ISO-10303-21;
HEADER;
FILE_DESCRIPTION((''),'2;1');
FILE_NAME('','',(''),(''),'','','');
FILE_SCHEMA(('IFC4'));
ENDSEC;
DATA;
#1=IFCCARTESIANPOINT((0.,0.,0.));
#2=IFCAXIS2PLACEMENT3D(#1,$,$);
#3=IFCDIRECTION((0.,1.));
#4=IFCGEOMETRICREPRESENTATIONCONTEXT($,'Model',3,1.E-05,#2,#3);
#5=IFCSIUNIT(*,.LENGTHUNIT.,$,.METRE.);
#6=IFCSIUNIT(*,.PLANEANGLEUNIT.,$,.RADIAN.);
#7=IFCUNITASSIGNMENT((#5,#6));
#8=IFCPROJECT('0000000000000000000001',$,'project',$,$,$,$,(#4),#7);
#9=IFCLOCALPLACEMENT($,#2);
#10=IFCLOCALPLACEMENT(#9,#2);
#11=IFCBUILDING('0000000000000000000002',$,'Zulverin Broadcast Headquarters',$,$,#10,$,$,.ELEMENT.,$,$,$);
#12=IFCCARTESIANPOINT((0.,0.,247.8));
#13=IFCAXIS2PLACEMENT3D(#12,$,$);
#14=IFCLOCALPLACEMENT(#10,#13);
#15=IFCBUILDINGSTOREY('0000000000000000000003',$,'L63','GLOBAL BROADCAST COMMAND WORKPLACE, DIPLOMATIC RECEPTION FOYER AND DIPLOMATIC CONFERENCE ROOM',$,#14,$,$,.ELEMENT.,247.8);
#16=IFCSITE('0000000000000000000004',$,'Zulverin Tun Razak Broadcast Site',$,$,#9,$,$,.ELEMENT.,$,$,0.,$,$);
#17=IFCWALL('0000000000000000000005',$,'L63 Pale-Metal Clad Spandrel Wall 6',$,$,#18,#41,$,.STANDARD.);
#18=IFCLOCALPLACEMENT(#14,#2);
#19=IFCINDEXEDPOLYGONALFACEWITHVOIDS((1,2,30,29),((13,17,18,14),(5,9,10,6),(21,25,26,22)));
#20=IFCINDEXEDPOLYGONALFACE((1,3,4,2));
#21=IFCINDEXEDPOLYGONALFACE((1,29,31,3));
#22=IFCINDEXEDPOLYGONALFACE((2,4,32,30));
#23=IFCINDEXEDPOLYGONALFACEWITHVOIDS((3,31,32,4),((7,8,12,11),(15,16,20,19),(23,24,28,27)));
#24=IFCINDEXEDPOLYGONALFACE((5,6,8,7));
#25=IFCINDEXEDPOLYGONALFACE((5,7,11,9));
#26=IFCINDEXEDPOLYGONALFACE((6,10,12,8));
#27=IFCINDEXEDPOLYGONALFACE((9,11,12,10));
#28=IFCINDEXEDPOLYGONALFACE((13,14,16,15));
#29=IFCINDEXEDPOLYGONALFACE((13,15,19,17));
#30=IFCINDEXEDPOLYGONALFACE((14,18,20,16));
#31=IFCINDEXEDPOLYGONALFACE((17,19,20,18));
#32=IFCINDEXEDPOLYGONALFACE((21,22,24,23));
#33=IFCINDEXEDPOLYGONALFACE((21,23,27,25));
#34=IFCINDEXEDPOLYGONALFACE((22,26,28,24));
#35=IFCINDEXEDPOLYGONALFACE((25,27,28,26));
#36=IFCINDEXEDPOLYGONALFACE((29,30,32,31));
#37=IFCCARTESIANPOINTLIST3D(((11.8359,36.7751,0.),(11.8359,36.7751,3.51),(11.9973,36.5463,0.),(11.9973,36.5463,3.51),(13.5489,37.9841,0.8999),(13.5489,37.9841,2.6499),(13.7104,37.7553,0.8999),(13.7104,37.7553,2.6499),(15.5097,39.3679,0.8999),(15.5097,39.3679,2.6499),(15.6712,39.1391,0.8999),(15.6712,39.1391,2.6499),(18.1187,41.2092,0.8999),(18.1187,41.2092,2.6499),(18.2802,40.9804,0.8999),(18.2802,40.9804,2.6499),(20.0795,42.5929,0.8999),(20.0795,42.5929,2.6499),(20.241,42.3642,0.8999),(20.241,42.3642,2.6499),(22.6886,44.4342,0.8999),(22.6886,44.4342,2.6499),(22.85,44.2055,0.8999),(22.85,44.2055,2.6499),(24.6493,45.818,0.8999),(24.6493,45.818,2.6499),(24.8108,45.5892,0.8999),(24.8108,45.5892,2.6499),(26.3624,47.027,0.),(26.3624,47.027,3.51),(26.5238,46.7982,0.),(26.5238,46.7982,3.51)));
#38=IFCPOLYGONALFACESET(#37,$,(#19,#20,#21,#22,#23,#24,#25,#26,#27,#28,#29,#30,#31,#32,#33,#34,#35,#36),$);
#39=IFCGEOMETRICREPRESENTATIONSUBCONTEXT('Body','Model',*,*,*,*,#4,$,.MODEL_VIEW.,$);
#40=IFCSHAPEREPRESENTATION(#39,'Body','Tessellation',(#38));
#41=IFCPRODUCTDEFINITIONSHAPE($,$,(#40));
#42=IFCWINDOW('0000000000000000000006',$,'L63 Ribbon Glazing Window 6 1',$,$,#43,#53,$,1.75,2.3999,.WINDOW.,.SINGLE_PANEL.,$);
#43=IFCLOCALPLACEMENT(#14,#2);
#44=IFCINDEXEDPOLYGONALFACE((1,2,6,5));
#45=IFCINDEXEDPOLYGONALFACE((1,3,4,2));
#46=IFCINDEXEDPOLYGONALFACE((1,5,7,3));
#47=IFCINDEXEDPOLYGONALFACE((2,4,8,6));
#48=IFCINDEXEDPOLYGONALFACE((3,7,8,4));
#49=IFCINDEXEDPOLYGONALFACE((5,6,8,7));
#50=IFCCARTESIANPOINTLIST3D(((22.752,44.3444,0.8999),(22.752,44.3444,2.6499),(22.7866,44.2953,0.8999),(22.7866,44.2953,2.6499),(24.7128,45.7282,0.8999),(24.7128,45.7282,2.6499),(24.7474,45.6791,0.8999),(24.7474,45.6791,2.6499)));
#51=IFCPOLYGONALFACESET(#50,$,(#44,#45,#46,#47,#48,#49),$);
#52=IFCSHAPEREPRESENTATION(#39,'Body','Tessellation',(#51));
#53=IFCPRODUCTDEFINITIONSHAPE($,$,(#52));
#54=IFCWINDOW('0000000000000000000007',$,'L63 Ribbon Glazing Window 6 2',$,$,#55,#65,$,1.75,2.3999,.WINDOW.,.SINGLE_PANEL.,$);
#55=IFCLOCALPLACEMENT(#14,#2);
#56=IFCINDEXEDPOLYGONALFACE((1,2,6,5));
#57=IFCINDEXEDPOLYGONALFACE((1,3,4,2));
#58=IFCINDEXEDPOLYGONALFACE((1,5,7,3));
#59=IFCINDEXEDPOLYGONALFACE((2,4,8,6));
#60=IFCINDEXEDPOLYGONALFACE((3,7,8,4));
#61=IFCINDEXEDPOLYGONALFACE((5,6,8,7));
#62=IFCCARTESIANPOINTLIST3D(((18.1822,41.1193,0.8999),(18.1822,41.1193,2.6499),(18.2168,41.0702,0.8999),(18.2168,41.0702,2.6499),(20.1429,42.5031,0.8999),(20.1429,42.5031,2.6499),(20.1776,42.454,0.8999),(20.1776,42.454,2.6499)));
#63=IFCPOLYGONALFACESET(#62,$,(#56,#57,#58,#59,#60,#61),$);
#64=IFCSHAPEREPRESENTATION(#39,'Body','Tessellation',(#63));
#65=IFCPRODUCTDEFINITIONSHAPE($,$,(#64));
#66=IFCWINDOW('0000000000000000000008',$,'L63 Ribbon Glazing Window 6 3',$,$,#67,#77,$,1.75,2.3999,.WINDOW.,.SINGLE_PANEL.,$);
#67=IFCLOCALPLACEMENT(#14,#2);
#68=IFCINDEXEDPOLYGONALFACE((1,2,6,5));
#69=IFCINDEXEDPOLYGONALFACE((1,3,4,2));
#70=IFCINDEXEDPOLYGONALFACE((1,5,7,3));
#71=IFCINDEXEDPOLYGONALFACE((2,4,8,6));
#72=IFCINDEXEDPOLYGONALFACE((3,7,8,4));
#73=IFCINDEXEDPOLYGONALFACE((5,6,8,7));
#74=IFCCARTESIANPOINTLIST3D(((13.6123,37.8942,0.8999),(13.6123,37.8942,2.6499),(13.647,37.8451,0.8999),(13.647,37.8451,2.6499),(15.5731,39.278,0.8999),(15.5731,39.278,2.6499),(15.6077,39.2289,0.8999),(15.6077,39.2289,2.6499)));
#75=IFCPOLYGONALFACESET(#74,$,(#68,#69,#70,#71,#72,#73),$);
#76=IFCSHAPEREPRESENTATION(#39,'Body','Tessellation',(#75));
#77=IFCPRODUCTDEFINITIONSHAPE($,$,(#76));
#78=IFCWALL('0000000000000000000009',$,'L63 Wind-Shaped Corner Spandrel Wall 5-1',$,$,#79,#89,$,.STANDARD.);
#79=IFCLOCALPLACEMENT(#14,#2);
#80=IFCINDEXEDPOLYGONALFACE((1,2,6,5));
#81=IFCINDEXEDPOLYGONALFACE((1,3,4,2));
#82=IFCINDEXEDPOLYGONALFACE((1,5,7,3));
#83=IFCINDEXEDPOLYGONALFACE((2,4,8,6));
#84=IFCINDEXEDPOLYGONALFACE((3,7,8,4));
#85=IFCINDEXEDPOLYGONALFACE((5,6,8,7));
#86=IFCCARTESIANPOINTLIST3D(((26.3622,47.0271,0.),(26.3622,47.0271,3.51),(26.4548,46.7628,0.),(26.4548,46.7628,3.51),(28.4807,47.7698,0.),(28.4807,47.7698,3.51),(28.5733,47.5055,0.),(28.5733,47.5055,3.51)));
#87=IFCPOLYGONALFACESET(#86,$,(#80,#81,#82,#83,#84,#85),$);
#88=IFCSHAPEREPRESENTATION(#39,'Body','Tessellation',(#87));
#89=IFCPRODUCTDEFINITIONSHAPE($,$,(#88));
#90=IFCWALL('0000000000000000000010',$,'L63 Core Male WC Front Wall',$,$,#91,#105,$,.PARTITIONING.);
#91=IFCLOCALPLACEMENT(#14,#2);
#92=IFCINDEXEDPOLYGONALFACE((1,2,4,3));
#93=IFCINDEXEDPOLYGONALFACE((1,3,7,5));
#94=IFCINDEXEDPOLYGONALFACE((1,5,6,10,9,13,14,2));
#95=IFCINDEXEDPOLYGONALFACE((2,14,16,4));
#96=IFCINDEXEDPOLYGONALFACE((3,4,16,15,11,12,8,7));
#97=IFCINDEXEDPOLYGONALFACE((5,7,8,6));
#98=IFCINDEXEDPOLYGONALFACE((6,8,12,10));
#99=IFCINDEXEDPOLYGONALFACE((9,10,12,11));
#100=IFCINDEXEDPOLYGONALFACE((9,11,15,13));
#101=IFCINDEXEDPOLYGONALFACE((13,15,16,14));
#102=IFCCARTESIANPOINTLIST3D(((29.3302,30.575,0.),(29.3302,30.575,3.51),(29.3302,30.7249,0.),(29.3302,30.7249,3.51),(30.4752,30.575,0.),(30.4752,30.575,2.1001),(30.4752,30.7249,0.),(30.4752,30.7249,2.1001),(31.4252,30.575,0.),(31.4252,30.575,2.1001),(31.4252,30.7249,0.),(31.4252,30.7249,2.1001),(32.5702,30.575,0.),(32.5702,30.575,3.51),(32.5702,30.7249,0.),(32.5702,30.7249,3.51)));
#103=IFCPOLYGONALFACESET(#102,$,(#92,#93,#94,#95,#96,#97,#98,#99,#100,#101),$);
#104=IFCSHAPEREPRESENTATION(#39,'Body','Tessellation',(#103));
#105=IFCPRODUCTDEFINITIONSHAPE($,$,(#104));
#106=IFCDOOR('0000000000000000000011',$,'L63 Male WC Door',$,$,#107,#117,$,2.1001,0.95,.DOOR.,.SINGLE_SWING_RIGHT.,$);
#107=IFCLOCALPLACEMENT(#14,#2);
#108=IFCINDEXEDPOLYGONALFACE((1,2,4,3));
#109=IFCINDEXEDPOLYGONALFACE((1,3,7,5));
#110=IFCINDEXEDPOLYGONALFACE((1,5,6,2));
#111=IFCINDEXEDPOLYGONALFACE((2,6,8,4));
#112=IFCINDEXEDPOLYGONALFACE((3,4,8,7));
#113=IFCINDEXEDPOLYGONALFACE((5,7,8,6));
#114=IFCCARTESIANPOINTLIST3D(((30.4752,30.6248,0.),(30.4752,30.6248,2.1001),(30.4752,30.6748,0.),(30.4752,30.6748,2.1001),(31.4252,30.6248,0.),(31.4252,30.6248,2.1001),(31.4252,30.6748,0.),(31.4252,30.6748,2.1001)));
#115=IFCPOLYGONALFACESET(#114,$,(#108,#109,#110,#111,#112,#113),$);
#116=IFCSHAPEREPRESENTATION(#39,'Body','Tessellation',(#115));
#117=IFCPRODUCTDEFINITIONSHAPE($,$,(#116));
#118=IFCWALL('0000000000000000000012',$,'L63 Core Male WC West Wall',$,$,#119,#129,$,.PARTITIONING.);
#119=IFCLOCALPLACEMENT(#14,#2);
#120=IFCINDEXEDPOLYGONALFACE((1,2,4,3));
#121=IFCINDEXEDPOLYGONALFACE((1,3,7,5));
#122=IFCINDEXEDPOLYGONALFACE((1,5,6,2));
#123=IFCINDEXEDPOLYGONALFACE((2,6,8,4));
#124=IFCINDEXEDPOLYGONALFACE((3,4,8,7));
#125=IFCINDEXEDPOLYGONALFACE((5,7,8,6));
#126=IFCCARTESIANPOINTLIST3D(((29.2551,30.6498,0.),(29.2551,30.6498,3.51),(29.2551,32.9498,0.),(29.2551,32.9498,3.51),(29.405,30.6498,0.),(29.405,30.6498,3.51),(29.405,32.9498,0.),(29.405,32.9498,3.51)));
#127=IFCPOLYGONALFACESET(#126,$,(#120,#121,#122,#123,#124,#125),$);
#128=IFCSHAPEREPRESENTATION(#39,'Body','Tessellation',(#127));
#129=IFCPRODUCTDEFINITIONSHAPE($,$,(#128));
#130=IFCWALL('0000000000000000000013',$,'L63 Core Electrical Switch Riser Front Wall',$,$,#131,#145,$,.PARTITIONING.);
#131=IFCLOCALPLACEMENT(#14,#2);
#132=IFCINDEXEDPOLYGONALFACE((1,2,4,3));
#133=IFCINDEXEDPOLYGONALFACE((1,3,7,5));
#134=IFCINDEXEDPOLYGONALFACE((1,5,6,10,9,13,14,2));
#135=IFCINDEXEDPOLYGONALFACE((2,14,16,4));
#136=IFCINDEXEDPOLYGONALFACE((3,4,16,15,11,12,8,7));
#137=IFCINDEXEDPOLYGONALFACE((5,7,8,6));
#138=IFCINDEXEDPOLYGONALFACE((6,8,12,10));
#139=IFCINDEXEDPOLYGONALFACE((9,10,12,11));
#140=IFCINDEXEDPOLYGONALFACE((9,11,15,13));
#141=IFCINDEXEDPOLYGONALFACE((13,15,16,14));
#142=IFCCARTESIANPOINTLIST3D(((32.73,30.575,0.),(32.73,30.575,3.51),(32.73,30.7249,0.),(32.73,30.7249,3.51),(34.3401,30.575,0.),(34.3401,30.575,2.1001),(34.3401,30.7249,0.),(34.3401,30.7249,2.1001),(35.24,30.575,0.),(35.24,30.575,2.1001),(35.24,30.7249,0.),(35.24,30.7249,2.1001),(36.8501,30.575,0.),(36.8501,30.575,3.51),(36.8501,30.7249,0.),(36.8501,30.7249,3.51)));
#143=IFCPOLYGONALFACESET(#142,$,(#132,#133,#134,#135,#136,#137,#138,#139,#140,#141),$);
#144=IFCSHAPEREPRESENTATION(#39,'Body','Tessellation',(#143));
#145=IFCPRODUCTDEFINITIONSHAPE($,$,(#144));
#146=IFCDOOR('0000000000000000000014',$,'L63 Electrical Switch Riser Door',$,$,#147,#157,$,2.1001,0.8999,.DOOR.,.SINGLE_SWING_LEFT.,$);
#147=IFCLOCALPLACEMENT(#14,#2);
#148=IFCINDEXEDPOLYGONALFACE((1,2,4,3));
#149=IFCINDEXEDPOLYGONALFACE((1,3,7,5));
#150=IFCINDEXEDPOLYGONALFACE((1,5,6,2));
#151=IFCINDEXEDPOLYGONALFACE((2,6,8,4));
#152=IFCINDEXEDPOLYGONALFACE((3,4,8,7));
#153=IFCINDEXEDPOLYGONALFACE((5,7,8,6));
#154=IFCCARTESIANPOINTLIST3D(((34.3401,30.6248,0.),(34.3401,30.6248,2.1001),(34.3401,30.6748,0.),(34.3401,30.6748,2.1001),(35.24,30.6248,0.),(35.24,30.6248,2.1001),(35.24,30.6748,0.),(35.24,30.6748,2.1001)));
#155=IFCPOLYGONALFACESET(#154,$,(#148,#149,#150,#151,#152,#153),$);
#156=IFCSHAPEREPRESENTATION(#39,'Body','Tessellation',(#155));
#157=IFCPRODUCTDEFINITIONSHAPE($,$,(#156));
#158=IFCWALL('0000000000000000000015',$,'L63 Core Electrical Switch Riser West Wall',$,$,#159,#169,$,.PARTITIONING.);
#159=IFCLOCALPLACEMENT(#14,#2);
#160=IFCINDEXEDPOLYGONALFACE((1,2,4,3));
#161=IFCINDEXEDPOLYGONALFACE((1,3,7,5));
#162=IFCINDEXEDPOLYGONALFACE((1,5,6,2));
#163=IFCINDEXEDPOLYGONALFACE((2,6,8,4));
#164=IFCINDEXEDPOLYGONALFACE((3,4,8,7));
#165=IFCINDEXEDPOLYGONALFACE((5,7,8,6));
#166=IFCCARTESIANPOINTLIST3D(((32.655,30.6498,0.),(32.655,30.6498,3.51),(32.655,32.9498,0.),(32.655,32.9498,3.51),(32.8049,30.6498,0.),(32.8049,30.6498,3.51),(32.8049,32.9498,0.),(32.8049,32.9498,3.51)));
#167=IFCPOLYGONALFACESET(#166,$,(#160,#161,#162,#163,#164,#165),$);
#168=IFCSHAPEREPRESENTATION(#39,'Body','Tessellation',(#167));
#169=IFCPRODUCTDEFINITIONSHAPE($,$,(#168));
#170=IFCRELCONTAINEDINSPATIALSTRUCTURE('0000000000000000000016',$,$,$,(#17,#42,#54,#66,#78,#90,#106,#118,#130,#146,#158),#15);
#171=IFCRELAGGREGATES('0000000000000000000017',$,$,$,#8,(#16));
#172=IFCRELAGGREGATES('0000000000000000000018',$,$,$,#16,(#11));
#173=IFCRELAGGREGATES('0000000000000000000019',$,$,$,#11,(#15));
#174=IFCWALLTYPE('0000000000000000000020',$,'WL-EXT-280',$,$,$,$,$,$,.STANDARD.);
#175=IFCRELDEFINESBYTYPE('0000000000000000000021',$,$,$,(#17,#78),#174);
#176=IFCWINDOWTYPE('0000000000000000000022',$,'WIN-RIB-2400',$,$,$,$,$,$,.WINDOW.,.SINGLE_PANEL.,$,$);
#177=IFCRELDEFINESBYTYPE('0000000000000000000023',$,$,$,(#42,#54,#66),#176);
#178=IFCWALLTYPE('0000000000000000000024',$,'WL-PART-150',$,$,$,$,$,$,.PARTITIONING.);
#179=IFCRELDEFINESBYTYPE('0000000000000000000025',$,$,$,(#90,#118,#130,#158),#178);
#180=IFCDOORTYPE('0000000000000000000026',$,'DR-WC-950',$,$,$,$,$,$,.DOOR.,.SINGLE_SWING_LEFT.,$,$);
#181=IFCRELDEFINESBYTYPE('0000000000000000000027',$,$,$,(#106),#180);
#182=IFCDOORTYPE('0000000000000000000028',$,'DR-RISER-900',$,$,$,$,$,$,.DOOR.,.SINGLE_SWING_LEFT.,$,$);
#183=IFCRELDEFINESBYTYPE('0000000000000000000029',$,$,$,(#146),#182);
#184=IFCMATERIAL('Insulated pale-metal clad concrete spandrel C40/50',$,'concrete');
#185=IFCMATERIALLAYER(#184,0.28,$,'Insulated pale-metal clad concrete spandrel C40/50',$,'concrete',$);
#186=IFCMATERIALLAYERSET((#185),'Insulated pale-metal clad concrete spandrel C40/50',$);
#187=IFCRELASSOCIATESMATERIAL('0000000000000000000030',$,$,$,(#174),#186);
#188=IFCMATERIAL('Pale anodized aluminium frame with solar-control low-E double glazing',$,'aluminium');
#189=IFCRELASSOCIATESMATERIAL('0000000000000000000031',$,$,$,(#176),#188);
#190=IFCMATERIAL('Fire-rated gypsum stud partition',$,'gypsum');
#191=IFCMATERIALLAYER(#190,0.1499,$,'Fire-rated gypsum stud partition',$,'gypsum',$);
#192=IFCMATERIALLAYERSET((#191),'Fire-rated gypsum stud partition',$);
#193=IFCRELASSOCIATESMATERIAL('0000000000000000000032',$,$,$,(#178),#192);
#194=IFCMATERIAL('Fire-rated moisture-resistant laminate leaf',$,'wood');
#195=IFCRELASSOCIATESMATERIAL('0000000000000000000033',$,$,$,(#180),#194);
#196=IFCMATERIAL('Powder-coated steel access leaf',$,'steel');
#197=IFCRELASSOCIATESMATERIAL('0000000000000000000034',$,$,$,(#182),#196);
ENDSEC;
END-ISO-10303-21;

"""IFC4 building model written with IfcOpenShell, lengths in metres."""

from ifc_helpers import new_model, si_unit, direction, frame, frame_2d, origin, place, context, subcontext, project, spatial, rectangle, extrude, material, layer, layer_set, type_object, element, fill, save


model = new_model("IFC4")

# Units and contexts
model_context = context("Model", 3, precision=1e-05, world=origin(), true_north=direction((0.0, 1.0)))
body_context = subcontext(model_context, "Body", "Model", "MODEL_VIEW")
ifc_project = project(units=[si_unit("LENGTHUNIT", "METRE"), si_unit("PLANEANGLEUNIT", "RADIAN")], contexts=[model_context])

# Site, building, storey
site_placement = place(None, origin())
site = spatial("IfcSite", under=ifc_project, at=site_placement, Name="Zulverin Tun Razak Broadcast Site", CompositionType="ELEMENT", RefElevation=0.0)
building_placement = place(site_placement, origin())
building = spatial("IfcBuilding", under=site, at=building_placement, Name="Zulverin Broadcast Headquarters", CompositionType="ELEMENT")
storey_placement = place(building_placement, frame((0.0, 0.0, 247.8)))
storey = spatial("IfcBuildingStorey", under=building, at=storey_placement, Name="L63", Description="GLOBAL BROADCAST COMMAND WORKPLACE, DIPLOMATIC RECEPTION FOYER AND DIPLOMATIC CONFERENCE ROOM", CompositionType="ELEMENT", Elevation=247.8)

# Wall, openings, windows
ifc_material_1 = material(Name="Insulated pale-metal clad concrete spandrel C40/50", Category="concrete")
ifc_layer_1 = layer(ifc_material_1, 0.28, Name="Insulated pale-metal clad concrete spandrel C40/50", Category="concrete")
ifc_layer_set_1 = layer_set([ifc_layer_1], Name="Insulated pale-metal clad concrete spandrel C40/50")
wall_type_1 = type_object("IfcWallType", Name="WL-EXT-280", PredefinedType="STANDARD", material=ifc_layer_set_1)
wall_1_placement = place(storey_placement, frame((26.4431, 46.9126, 0.0), z_axis=(0.0, 0.0, 1.0), x_axis=(-0.817024, -0.576603, 0.0)))
wall_1 = element("IfcWall", 1, at=wall_1_placement, inside=storey, type_object=wall_type_1, Name="L63 Pale-Metal Clad Spandrel Wall 6", PredefinedType="STANDARD", context=body_context, shape_type="SweptSolid", body=[
    extrude(rectangle(XDim=17.7798, YDim=0.28, at=frame_2d((8.8899, 0.0))), origin(), (0.0, 0.0, 1.0), 3.51),
])
opening_1_placement = place(wall_1_placement, frame((2.0967, 0.0, 0.8999)))
opening_1 = element("IfcOpeningElement", 2, at=opening_1_placement, cuts=wall_1, PredefinedType="OPENING", context=body_context, shape_type="SweptSolid", body=[
    extrude(rectangle(XDim=2.3999, YDim=1.75, at=frame_2d((1.2, 0.875))), frame((0.0, 0.1499, 0.0), z_axis=(0.0, -1.0, 0.0), x_axis=(1.0, 0.0, 0.0)), (0.0, 0.0, 1.0), 0.3),
])
opening_2_placement = place(wall_1_placement, frame((7.6899, 0.0, 0.8999)))
opening_2 = element("IfcOpeningElement", 3, at=opening_2_placement, cuts=wall_1, PredefinedType="OPENING", context=body_context, shape_type="SweptSolid", body=[
    extrude(rectangle(XDim=2.3999, YDim=1.75, at=frame_2d((1.2, 0.875))), frame((0.0, 0.1499, 0.0), z_axis=(0.0, -1.0, 0.0), x_axis=(1.0, 0.0, 0.0)), (0.0, 0.0, 1.0), 0.3),
])
opening_3_placement = place(wall_1_placement, frame((13.2832, 0.0, 0.8999)))
opening_3 = element("IfcOpeningElement", 4, at=opening_3_placement, cuts=wall_1, PredefinedType="OPENING", context=body_context, shape_type="SweptSolid", body=[
    extrude(rectangle(XDim=2.3999, YDim=1.75, at=frame_2d((1.2, 0.875))), frame((0.0, 0.1499, 0.0), z_axis=(0.0, -1.0, 0.0), x_axis=(1.0, 0.0, 0.0)), (0.0, 0.0, 1.0), 0.3),
])
ifc_material_2 = material(Name="Pale anodized aluminium frame with solar-control low-E double glazing", Category="aluminium")
window_type = type_object("IfcWindowType", Name="WIN-RIB-2400", PartitioningType="SINGLE_PANEL", PredefinedType="WINDOW", material=ifc_material_2)
window_1_placement = place(opening_1_placement, origin())
window_1 = element("IfcWindow", 5, at=window_1_placement, inside=storey, type_object=window_type, Name="L63 Ribbon Glazing Window 6 1", OverallHeight=1.75, OverallWidth=2.3999, PartitioningType="SINGLE_PANEL", PredefinedType="WINDOW", context=body_context, shape_type="SweptSolid", body=[
    extrude(rectangle(XDim=2.3999, YDim=1.75, at=frame_2d((1.2, 0.875))), frame((0.0, 0.03, 0.0), z_axis=(0.0, -1.0, 0.0), x_axis=(1.0, 0.0, 0.0)), (0.0, 0.0, 1.0), 0.0601),
])
fill(opening_1, window_1)
window_2_placement = place(opening_2_placement, origin())
window_2 = element("IfcWindow", 6, at=window_2_placement, inside=storey, type_object=window_type, Name="L63 Ribbon Glazing Window 6 2", OverallHeight=1.75, OverallWidth=2.3999, PartitioningType="SINGLE_PANEL", PredefinedType="WINDOW", context=body_context, shape_type="SweptSolid", body=[
    extrude(rectangle(XDim=2.3999, YDim=1.75, at=frame_2d((1.2, 0.875))), frame((0.0, 0.03, 0.0), z_axis=(0.0, -1.0, 0.0), x_axis=(1.0, 0.0, 0.0)), (0.0, 0.0, 1.0), 0.0601),
])
fill(opening_2, window_2)
window_3_placement = place(opening_3_placement, origin())
window_3 = element("IfcWindow", 7, at=window_3_placement, inside=storey, type_object=window_type, Name="L63 Ribbon Glazing Window 6 3", OverallHeight=1.75, OverallWidth=2.3999, PartitioningType="SINGLE_PANEL", PredefinedType="WINDOW", context=body_context, shape_type="SweptSolid", body=[
    extrude(rectangle(XDim=2.3999, YDim=1.75, at=frame_2d((1.2, 0.875))), frame((0.0, 0.03, 0.0), z_axis=(0.0, -1.0, 0.0), x_axis=(1.0, 0.0, 0.0)), (0.0, 0.0, 1.0), 0.0601),
])
fill(opening_3, window_3)

# Wall
wall_2_placement = place(storey_placement, frame((28.5271, 47.6377, 0.0), z_axis=(0.0, 0.0, 1.0), x_axis=(-0.943687, -0.33084, 0.0)))
element("IfcWall", 8, at=wall_2_placement, inside=storey, type_object=wall_type_1, Name="L63 Wind-Shaped Corner Spandrel Wall 5-1", PredefinedType="STANDARD", context=body_context, shape_type="SweptSolid", body=[
    extrude(rectangle(XDim=2.2449, YDim=0.28, at=frame_2d((1.1226, 0.0))), origin(), (0.0, 0.0, 1.0), 3.51),
])

# Wall, opening, door
ifc_material_3 = material(Name="Fire-rated gypsum stud partition", Category="gypsum")
ifc_layer_2 = layer(ifc_material_3, 0.1499, Name="Fire-rated gypsum stud partition", Category="gypsum")
ifc_layer_set_2 = layer_set([ifc_layer_2], Name="Fire-rated gypsum stud partition")
wall_type_2 = type_object("IfcWallType", Name="WL-PART-150", PredefinedType="PARTITIONING", material=ifc_layer_set_2)
wall_3_placement = place(storey_placement, frame((29.3301, 30.6499, 0.0), z_axis=(0.0, 0.0, 1.0), x_axis=(1.0, 0.0, 0.0)))
wall_3 = element("IfcWall", 9, at=wall_3_placement, inside=storey, type_object=wall_type_2, Name="L63 Core Male WC Front Wall", PredefinedType="PARTITIONING", context=body_context, shape_type="SweptSolid", body=[
    extrude(rectangle(XDim=3.24, YDim=0.1499, at=frame_2d((1.6201, 0.0))), origin(), (0.0, 0.0, 1.0), 3.51),
])
opening_4_placement = place(wall_3_placement, frame((1.145, 0.0, 0.0)))
opening_4 = element("IfcOpeningElement", 10, at=opening_4_placement, cuts=wall_3, PredefinedType="OPENING", context=body_context, shape_type="SweptSolid", body=[
    extrude(rectangle(XDim=0.95, YDim=2.1001, at=frame_2d((0.4751, 1.05))), frame((0.0, 0.085, 0.0), z_axis=(0.0, -1.0, 0.0), x_axis=(1.0, 0.0, 0.0)), (0.0, 0.0, 1.0), 0.1699),
])
ifc_material_4 = material(Name="Fire-rated moisture-resistant laminate leaf", Category="wood")
door_type_1 = type_object("IfcDoorType", Name="DR-WC-950", OperationType="SINGLE_SWING_LEFT", PredefinedType="DOOR", material=ifc_material_4)
door_1_placement = place(opening_4_placement, origin())
door_1 = element("IfcDoor", 11, at=door_1_placement, inside=storey, type_object=door_type_1, Name="L63 Male WC Door", OperationType="SINGLE_SWING_RIGHT", OverallHeight=2.1001, OverallWidth=0.95, PredefinedType="DOOR", context=body_context, shape_type="SweptSolid", body=[
    extrude(rectangle(XDim=0.95, YDim=2.1001, at=frame_2d((0.4751, 1.05))), frame((0.0, 0.0249, 0.0), z_axis=(0.0, -1.0, 0.0), x_axis=(1.0, 0.0, 0.0)), (0.0, 0.0, 1.0), 0.05),
])
fill(opening_4, door_1)

# Wall
wall_4_placement = place(storey_placement, frame((29.3301, 30.6499, 0.0), z_axis=(0.0, 0.0, 1.0), x_axis=(0.0, 1.0, 0.0)))
element("IfcWall", 12, at=wall_4_placement, inside=storey, type_object=wall_type_2, Name="L63 Core Male WC West Wall", PredefinedType="PARTITIONING", context=body_context, shape_type="SweptSolid", body=[
    extrude(rectangle(XDim=2.3, YDim=0.1499, at=frame_2d((1.1499, 0.0))), origin(), (0.0, 0.0, 1.0), 3.51),
])

# Wall, opening, door
wall_5_placement = place(storey_placement, frame((32.73, 30.6499, 0.0), z_axis=(0.0, 0.0, 1.0), x_axis=(1.0, 0.0, 0.0)))
wall_5 = element("IfcWall", 13, at=wall_5_placement, inside=storey, type_object=wall_type_2, Name="L63 Core Electrical Switch Riser Front Wall", PredefinedType="PARTITIONING", context=body_context, shape_type="SweptSolid", body=[
    extrude(rectangle(XDim=4.1201, YDim=0.1499, at=frame_2d((2.0601, 0.0))), origin(), (0.0, 0.0, 1.0), 3.51),
])
opening_5_placement = place(wall_5_placement, frame((1.6101, 0.0, 0.0)))
opening_5 = element("IfcOpeningElement", 14, at=opening_5_placement, cuts=wall_5, PredefinedType="OPENING", context=body_context, shape_type="SweptSolid", body=[
    extrude(rectangle(XDim=0.8999, YDim=2.1001, at=frame_2d((0.45, 1.05))), frame((0.0, 0.085, 0.0), z_axis=(0.0, -1.0, 0.0), x_axis=(1.0, 0.0, 0.0)), (0.0, 0.0, 1.0), 0.1699),
])
ifc_material_5 = material(Name="Powder-coated steel access leaf", Category="steel")
door_type_2 = type_object("IfcDoorType", Name="DR-RISER-900", OperationType="SINGLE_SWING_LEFT", PredefinedType="DOOR", material=ifc_material_5)
door_2_placement = place(opening_5_placement, origin())
door_2 = element("IfcDoor", 15, at=door_2_placement, inside=storey, type_object=door_type_2, Name="L63 Electrical Switch Riser Door", OperationType="SINGLE_SWING_LEFT", OverallHeight=2.1001, OverallWidth=0.8999, PredefinedType="DOOR", context=body_context, shape_type="SweptSolid", body=[
    extrude(rectangle(XDim=0.8999, YDim=2.1001, at=frame_2d((0.45, 1.05))), frame((0.0, 0.0249, 0.0), z_axis=(0.0, -1.0, 0.0), x_axis=(1.0, 0.0, 0.0)), (0.0, 0.0, 1.0), 0.05),
])
fill(opening_5, door_2)

# Wall
for number, where, z_axis, x_axis, name in (
    (16, (32.73, 30.6499, 0.0), (0.0, 0.0, 1.0), (0.0, 1.0, 0.0), "L63 Core Electrical Switch Riser West Wall"),
):
    element("IfcWall", number, at=place(storey_placement, frame(where, z_axis=z_axis, x_axis=x_axis)), inside=storey, type_object=wall_type_2, Name=name, PredefinedType="PARTITIONING", context=body_context, shape_type="SweptSolid", body=[
        extrude(rectangle(XDim=2.3, YDim=0.1499, at=frame_2d((1.1499, 0.0))), origin(), (0.0, 0.0, 1.0), 3.51),
    ])

save(model, "model.ifc")
